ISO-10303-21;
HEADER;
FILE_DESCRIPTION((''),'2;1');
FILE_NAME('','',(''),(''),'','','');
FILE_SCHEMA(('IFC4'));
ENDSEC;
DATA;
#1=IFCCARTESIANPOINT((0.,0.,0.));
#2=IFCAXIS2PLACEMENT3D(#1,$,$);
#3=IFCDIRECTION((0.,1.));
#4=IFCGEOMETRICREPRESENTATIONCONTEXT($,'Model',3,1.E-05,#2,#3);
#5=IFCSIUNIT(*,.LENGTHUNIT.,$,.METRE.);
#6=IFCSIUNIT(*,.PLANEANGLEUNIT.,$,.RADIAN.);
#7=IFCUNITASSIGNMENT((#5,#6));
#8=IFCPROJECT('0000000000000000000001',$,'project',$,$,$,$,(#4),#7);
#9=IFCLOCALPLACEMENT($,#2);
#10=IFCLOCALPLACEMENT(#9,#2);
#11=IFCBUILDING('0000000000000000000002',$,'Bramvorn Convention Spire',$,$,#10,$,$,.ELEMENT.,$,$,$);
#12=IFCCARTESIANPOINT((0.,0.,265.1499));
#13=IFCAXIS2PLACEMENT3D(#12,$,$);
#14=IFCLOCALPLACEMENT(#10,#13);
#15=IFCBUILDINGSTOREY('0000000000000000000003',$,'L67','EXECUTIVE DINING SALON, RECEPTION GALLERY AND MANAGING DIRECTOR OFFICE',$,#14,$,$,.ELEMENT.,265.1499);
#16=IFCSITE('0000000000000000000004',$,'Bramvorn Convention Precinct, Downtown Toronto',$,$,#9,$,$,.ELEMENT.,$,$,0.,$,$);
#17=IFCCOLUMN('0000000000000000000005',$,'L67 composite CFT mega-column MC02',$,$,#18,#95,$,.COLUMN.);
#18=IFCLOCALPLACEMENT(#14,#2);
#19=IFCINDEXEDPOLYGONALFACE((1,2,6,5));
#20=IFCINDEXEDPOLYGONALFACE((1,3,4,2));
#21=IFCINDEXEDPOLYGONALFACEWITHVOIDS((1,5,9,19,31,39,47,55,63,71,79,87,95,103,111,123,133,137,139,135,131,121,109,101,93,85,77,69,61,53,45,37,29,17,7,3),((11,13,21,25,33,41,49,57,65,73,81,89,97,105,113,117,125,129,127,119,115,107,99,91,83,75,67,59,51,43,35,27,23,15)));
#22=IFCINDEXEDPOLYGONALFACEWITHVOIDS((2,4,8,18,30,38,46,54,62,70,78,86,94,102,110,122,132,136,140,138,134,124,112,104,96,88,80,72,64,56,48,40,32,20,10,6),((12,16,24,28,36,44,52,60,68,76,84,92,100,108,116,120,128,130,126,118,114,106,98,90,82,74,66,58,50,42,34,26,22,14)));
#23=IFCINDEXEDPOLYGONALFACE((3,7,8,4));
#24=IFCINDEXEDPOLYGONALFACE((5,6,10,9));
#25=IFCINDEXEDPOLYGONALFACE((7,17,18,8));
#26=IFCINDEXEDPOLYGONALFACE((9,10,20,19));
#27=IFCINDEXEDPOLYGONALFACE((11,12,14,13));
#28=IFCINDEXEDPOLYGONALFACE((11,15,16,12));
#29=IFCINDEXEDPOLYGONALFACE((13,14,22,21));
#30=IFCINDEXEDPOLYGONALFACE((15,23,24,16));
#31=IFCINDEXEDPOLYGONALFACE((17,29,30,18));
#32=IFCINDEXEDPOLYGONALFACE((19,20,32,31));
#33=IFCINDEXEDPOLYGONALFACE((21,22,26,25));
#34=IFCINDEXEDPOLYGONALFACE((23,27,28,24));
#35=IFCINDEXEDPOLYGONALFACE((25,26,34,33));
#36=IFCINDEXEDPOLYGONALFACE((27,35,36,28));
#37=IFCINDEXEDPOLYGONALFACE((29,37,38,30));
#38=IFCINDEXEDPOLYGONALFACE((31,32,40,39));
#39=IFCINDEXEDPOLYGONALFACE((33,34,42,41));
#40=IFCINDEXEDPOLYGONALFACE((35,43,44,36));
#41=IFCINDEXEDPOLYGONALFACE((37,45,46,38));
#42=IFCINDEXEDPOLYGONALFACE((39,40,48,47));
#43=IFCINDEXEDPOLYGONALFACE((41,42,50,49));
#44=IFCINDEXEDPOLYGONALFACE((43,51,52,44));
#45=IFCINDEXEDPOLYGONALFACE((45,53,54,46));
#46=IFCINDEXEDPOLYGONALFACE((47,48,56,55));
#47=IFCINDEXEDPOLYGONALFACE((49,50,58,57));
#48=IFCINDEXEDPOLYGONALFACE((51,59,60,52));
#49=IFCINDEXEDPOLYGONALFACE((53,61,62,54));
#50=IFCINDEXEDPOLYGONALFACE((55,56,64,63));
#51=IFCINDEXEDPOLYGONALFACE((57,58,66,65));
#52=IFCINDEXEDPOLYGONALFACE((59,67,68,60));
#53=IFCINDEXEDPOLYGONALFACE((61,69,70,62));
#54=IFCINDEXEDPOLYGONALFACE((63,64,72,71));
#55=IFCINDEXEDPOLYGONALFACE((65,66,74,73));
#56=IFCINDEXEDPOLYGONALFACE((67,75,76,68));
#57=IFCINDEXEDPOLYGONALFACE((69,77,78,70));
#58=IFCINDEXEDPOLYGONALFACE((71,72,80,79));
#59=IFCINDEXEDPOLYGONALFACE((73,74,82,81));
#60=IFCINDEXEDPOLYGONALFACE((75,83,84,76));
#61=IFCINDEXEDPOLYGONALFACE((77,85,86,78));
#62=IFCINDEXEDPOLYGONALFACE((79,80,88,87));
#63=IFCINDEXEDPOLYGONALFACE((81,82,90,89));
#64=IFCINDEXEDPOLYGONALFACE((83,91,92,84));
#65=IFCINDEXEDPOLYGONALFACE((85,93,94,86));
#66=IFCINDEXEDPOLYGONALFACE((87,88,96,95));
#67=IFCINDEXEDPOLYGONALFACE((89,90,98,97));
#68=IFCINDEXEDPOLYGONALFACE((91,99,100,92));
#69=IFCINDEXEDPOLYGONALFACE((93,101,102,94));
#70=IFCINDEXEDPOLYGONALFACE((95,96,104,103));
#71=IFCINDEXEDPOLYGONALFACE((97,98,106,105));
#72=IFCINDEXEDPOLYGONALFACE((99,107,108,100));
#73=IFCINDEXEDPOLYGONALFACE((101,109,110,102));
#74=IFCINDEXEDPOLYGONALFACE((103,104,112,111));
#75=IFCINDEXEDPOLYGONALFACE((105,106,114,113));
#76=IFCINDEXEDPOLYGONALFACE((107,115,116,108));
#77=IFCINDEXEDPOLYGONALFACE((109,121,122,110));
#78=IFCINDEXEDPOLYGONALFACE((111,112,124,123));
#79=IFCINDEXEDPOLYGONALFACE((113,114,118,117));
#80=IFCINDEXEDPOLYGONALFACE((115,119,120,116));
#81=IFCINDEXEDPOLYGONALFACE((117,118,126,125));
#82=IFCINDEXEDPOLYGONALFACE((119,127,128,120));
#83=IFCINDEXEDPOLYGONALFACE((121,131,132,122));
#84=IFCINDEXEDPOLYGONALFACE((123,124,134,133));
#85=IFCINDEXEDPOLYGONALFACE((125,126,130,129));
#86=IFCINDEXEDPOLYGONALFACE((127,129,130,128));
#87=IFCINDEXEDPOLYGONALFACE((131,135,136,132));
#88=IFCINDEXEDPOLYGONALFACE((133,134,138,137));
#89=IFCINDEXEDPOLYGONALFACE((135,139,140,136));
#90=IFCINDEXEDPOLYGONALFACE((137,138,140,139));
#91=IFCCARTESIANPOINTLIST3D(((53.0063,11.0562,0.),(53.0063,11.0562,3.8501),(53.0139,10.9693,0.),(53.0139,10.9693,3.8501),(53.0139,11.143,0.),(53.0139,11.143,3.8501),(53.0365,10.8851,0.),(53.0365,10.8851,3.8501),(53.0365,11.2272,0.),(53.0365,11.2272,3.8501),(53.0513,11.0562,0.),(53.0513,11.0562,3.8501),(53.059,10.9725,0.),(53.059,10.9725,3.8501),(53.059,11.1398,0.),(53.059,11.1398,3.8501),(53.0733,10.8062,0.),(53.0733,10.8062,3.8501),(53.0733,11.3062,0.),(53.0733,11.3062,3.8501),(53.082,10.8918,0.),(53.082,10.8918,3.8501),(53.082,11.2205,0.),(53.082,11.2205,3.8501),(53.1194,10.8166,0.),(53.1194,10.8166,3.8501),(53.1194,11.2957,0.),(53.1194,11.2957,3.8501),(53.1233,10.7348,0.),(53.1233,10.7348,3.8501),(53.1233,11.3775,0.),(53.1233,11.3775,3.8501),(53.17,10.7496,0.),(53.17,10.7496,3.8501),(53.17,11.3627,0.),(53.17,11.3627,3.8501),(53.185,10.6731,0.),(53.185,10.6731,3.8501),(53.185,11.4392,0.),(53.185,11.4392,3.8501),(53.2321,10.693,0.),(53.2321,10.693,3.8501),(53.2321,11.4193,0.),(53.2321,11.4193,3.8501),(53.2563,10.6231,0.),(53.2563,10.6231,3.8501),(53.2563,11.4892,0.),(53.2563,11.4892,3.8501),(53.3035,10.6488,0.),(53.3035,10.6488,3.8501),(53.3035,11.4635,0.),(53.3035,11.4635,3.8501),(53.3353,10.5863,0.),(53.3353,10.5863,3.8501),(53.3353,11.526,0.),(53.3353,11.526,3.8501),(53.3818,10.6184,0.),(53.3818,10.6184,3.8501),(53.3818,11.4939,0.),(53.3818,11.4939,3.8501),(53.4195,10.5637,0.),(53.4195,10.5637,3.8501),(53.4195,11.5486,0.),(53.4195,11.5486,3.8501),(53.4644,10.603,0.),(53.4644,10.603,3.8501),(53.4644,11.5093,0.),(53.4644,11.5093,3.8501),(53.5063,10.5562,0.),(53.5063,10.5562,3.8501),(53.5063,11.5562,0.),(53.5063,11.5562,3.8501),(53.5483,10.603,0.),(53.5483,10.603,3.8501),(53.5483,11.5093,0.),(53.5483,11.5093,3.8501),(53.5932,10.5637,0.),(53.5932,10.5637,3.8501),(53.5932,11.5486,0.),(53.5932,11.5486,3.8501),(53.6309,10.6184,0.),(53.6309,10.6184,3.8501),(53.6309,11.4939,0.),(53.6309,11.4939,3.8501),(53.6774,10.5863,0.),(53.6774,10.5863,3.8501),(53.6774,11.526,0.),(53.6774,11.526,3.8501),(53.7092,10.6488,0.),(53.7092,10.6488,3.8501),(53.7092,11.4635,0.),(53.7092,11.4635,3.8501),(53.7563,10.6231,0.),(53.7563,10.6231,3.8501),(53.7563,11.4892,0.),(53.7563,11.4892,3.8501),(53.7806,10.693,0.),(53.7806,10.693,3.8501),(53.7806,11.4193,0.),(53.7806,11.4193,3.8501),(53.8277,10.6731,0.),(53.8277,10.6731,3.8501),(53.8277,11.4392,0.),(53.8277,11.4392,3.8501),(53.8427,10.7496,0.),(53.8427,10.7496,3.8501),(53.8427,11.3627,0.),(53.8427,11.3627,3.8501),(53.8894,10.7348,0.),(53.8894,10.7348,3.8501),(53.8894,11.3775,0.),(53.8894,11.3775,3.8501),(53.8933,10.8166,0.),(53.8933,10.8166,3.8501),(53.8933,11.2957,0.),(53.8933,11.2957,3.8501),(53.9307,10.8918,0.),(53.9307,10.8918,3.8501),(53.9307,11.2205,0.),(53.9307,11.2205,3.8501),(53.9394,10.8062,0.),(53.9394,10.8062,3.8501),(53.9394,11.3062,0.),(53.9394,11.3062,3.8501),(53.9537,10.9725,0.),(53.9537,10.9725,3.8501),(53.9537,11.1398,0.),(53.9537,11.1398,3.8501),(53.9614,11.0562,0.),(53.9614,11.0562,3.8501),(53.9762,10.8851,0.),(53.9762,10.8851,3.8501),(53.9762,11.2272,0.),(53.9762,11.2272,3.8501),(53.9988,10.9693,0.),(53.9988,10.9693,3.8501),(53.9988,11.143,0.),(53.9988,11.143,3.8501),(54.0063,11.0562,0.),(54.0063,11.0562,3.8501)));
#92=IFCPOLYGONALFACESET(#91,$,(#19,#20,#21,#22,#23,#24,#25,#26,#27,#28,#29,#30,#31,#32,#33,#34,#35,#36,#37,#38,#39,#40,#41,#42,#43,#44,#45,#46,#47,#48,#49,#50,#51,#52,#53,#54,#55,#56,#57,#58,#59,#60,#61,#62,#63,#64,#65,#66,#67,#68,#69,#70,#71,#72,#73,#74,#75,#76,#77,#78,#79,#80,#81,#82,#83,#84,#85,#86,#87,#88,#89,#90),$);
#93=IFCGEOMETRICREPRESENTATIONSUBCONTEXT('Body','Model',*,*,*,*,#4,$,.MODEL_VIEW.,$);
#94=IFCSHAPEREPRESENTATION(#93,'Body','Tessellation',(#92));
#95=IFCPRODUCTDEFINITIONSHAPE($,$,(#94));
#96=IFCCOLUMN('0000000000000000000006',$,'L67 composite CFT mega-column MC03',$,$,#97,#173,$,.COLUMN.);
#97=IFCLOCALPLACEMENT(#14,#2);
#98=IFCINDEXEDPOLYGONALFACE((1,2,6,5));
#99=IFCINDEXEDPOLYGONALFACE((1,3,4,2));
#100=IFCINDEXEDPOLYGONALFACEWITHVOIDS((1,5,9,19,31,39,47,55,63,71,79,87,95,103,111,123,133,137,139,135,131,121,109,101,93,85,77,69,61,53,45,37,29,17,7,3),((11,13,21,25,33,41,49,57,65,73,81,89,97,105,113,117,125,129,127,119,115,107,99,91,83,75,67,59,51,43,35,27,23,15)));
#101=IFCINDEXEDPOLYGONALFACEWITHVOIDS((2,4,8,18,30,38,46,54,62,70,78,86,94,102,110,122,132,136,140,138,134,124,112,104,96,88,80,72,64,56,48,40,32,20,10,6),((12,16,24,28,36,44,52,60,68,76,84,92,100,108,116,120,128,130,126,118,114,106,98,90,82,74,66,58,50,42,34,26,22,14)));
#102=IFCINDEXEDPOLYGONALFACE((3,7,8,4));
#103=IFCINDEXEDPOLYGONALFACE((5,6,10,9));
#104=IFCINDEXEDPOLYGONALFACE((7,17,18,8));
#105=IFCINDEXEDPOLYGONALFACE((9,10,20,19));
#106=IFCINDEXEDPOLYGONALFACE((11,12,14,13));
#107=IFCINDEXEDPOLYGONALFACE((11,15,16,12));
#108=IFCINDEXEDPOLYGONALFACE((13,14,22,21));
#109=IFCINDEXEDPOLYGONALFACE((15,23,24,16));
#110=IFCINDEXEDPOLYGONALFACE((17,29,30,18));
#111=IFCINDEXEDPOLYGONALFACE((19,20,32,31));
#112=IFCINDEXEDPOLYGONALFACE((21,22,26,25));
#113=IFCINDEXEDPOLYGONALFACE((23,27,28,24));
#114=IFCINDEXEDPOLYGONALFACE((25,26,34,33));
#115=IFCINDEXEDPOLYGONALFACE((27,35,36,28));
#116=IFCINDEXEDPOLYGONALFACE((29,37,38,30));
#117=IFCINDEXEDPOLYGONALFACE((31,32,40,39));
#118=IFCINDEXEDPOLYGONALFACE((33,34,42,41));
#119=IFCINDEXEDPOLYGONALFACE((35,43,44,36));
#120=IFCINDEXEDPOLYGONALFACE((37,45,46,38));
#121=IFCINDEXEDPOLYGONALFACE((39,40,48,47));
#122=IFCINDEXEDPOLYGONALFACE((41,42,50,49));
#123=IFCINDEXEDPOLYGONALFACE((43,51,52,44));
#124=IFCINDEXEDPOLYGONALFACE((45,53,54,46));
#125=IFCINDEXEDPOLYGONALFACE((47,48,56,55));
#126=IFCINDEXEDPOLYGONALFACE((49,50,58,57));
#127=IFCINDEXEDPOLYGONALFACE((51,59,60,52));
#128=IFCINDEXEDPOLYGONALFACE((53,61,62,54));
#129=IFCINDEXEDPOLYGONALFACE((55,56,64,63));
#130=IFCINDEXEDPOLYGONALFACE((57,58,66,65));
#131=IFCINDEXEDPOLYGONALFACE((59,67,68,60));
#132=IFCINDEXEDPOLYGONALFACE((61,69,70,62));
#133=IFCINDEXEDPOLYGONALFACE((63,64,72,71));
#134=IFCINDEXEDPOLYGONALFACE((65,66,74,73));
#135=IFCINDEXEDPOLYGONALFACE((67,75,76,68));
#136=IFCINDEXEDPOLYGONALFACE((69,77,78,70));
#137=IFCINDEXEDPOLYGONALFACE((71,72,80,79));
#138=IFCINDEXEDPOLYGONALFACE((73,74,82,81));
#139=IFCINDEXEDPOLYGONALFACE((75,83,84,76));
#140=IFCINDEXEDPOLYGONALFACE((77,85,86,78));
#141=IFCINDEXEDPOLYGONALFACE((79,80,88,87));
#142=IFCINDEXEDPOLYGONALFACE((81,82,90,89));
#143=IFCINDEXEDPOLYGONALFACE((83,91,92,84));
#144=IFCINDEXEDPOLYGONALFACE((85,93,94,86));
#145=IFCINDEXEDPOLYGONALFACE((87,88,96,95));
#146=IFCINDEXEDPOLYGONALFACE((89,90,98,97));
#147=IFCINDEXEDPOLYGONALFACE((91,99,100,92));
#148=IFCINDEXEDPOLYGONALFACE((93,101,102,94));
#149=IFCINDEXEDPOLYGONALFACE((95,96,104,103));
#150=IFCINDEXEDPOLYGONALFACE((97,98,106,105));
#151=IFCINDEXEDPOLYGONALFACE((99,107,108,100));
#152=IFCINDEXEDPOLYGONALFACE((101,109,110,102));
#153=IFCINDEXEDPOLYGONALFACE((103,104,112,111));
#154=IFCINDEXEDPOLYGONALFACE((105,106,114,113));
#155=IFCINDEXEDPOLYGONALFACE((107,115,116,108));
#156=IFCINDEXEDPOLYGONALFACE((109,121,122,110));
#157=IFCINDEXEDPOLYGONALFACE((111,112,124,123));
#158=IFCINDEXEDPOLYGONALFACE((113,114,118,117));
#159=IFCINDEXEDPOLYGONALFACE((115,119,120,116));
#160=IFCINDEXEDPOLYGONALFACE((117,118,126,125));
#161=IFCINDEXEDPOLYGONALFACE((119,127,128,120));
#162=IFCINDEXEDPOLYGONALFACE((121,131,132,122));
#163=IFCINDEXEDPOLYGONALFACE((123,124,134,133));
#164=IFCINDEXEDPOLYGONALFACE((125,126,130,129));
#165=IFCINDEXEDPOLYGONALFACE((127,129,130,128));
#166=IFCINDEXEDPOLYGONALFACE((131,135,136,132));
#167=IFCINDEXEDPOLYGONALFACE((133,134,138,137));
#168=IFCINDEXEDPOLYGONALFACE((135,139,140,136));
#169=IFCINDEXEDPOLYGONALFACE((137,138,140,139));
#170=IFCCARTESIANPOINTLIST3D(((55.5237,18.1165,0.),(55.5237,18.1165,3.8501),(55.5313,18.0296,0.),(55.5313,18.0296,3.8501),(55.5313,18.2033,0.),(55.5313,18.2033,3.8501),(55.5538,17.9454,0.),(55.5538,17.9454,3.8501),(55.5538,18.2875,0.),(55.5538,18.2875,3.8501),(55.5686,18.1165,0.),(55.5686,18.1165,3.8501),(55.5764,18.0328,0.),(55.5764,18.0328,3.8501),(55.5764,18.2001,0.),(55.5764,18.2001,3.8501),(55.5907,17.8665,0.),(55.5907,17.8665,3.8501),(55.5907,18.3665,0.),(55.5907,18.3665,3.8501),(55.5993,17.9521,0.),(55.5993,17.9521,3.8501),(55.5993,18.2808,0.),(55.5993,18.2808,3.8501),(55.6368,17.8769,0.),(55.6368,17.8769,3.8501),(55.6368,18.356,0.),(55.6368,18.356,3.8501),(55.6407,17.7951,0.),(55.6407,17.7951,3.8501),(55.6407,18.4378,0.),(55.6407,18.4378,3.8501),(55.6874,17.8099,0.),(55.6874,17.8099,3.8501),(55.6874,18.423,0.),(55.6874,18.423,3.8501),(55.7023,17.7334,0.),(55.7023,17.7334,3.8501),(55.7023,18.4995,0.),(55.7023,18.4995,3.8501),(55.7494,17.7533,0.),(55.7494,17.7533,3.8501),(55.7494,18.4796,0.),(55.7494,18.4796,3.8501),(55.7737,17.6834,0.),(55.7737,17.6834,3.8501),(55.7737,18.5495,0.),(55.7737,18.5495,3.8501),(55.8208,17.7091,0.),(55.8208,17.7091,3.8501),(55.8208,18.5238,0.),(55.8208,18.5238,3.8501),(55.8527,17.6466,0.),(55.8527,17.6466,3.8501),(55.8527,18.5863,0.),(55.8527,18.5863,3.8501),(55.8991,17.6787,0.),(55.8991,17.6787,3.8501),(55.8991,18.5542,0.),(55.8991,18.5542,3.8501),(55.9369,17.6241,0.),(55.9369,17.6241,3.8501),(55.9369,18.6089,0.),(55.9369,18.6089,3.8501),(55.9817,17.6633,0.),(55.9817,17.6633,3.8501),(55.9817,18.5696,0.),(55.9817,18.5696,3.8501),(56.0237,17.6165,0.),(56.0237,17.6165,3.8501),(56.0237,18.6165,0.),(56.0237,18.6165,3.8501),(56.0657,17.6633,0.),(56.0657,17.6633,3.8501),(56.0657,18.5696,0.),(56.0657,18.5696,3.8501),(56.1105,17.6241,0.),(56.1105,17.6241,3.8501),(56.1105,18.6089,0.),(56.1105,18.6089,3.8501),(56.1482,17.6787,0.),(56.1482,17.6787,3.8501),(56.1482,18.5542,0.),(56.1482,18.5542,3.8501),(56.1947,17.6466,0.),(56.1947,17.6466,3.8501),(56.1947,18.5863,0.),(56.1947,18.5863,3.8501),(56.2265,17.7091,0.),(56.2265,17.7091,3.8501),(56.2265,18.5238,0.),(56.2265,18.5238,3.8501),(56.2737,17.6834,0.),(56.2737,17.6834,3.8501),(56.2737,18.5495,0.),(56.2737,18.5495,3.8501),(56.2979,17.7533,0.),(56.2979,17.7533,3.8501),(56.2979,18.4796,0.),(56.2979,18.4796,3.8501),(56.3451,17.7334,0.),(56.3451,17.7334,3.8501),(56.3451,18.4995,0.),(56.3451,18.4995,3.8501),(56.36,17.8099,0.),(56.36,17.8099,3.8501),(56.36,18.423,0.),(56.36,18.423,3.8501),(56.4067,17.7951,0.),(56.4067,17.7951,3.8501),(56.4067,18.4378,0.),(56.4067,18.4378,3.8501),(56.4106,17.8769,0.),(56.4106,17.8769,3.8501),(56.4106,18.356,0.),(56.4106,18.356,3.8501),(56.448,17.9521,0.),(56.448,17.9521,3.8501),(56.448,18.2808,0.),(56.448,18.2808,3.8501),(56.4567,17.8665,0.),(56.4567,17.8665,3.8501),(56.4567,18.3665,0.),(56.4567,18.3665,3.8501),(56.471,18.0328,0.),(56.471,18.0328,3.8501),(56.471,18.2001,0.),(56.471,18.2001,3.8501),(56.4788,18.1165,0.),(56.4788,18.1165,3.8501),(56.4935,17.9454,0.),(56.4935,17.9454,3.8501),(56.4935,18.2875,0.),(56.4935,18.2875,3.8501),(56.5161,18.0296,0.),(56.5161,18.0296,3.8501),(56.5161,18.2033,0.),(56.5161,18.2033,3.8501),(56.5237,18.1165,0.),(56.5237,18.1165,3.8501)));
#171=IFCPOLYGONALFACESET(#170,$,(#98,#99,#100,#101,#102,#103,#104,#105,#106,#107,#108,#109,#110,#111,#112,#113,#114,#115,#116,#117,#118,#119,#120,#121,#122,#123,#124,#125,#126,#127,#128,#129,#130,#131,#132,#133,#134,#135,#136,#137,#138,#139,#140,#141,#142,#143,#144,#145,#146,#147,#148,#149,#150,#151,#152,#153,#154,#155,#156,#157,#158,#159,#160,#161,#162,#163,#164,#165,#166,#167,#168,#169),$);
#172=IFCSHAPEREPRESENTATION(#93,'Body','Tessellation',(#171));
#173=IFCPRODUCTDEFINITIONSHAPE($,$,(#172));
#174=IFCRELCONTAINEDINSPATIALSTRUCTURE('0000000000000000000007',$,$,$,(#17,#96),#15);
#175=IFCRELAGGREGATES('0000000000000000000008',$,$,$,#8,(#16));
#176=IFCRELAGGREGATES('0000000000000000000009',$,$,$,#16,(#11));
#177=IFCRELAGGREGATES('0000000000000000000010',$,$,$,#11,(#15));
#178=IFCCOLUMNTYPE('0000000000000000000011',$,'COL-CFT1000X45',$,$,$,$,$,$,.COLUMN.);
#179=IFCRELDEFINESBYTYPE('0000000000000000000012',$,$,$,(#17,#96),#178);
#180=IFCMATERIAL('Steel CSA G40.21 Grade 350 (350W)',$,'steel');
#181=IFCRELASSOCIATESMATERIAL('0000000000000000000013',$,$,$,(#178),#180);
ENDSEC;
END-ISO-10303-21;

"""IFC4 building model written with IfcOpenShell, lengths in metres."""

from ifc_helpers import new_model, si_unit, direction, frame, origin, origin_2d, place, context, subcontext, project, spatial, hollow_circle, extrude, material, material_profile, profile_set, type_object, element, save


model = new_model("IFC4")

# Units and contexts
model_context = context("Model", 3, precision=1e-05, world=origin(), true_north=direction((0.0, 1.0)))
body_context = subcontext(model_context, "Body", "Model", "MODEL_VIEW")
ifc_project = project(units=[si_unit("LENGTHUNIT", "METRE"), si_unit("PLANEANGLEUNIT", "RADIAN")], contexts=[model_context])

# Site, building, storey
site_placement = place(None, origin())
site = spatial("IfcSite", under=ifc_project, at=site_placement, Name="Bramvorn Convention Precinct, Downtown Toronto", CompositionType="ELEMENT", RefElevation=0.0)
building_placement = place(site_placement, origin())
building = spatial("IfcBuilding", under=site, at=building_placement, Name="Bramvorn Convention Spire", CompositionType="ELEMENT")
storey_placement = place(building_placement, frame((0.0, 0.0, 265.1499)))
storey = spatial("IfcBuildingStorey", under=building, at=storey_placement, Name="L67", Description="EXECUTIVE DINING SALON, RECEPTION GALLERY AND MANAGING DIRECTOR OFFICE", CompositionType="ELEMENT", Elevation=265.1499)

# Columns
ifc_material_1 = material(Name="Steel CSA G40.21 Grade 350 (350W)", Category="steel")
ifc_material_profile_1 = material_profile(ifc_material_1, hollow_circle(Radius=0.5, WallThickness=0.0449, at=origin_2d()))
ifc_profile_set_1 = profile_set([ifc_material_profile_1], Name="Steel CSA G40.21 Grade 350 (350W) - CFT1000X45")
column_type = type_object("IfcColumnType", Name="COL-CFT1000X45", PredefinedType="COLUMN", material=ifc_profile_set_1)
for number, where, z_axis, x_axis, name in (
    (1, (53.5063, 11.0562, 0.0), (0.0, 0.0, 1.0), (1.0, 0.0, 0.0), "L67 composite CFT mega-column MC02"),
    (2, (56.0237, 18.1165, 0.0), (0.0, 0.0, 1.0), (1.0, 0.0, 0.0), "L67 composite CFT mega-column MC03"),
):
    element("IfcColumn", number, at=place(storey_placement, frame(where, z_axis=z_axis, x_axis=x_axis)), inside=storey, type_object=column_type, Name=name, PredefinedType="COLUMN", context=body_context, shape_type="SweptSolid", body=[
        extrude(hollow_circle(Radius=0.5, WallThickness=0.0449, at=origin_2d()), origin(), (0.0, 0.0, 1.0), 3.8501),
    ])

save(model, "model.ifc")
